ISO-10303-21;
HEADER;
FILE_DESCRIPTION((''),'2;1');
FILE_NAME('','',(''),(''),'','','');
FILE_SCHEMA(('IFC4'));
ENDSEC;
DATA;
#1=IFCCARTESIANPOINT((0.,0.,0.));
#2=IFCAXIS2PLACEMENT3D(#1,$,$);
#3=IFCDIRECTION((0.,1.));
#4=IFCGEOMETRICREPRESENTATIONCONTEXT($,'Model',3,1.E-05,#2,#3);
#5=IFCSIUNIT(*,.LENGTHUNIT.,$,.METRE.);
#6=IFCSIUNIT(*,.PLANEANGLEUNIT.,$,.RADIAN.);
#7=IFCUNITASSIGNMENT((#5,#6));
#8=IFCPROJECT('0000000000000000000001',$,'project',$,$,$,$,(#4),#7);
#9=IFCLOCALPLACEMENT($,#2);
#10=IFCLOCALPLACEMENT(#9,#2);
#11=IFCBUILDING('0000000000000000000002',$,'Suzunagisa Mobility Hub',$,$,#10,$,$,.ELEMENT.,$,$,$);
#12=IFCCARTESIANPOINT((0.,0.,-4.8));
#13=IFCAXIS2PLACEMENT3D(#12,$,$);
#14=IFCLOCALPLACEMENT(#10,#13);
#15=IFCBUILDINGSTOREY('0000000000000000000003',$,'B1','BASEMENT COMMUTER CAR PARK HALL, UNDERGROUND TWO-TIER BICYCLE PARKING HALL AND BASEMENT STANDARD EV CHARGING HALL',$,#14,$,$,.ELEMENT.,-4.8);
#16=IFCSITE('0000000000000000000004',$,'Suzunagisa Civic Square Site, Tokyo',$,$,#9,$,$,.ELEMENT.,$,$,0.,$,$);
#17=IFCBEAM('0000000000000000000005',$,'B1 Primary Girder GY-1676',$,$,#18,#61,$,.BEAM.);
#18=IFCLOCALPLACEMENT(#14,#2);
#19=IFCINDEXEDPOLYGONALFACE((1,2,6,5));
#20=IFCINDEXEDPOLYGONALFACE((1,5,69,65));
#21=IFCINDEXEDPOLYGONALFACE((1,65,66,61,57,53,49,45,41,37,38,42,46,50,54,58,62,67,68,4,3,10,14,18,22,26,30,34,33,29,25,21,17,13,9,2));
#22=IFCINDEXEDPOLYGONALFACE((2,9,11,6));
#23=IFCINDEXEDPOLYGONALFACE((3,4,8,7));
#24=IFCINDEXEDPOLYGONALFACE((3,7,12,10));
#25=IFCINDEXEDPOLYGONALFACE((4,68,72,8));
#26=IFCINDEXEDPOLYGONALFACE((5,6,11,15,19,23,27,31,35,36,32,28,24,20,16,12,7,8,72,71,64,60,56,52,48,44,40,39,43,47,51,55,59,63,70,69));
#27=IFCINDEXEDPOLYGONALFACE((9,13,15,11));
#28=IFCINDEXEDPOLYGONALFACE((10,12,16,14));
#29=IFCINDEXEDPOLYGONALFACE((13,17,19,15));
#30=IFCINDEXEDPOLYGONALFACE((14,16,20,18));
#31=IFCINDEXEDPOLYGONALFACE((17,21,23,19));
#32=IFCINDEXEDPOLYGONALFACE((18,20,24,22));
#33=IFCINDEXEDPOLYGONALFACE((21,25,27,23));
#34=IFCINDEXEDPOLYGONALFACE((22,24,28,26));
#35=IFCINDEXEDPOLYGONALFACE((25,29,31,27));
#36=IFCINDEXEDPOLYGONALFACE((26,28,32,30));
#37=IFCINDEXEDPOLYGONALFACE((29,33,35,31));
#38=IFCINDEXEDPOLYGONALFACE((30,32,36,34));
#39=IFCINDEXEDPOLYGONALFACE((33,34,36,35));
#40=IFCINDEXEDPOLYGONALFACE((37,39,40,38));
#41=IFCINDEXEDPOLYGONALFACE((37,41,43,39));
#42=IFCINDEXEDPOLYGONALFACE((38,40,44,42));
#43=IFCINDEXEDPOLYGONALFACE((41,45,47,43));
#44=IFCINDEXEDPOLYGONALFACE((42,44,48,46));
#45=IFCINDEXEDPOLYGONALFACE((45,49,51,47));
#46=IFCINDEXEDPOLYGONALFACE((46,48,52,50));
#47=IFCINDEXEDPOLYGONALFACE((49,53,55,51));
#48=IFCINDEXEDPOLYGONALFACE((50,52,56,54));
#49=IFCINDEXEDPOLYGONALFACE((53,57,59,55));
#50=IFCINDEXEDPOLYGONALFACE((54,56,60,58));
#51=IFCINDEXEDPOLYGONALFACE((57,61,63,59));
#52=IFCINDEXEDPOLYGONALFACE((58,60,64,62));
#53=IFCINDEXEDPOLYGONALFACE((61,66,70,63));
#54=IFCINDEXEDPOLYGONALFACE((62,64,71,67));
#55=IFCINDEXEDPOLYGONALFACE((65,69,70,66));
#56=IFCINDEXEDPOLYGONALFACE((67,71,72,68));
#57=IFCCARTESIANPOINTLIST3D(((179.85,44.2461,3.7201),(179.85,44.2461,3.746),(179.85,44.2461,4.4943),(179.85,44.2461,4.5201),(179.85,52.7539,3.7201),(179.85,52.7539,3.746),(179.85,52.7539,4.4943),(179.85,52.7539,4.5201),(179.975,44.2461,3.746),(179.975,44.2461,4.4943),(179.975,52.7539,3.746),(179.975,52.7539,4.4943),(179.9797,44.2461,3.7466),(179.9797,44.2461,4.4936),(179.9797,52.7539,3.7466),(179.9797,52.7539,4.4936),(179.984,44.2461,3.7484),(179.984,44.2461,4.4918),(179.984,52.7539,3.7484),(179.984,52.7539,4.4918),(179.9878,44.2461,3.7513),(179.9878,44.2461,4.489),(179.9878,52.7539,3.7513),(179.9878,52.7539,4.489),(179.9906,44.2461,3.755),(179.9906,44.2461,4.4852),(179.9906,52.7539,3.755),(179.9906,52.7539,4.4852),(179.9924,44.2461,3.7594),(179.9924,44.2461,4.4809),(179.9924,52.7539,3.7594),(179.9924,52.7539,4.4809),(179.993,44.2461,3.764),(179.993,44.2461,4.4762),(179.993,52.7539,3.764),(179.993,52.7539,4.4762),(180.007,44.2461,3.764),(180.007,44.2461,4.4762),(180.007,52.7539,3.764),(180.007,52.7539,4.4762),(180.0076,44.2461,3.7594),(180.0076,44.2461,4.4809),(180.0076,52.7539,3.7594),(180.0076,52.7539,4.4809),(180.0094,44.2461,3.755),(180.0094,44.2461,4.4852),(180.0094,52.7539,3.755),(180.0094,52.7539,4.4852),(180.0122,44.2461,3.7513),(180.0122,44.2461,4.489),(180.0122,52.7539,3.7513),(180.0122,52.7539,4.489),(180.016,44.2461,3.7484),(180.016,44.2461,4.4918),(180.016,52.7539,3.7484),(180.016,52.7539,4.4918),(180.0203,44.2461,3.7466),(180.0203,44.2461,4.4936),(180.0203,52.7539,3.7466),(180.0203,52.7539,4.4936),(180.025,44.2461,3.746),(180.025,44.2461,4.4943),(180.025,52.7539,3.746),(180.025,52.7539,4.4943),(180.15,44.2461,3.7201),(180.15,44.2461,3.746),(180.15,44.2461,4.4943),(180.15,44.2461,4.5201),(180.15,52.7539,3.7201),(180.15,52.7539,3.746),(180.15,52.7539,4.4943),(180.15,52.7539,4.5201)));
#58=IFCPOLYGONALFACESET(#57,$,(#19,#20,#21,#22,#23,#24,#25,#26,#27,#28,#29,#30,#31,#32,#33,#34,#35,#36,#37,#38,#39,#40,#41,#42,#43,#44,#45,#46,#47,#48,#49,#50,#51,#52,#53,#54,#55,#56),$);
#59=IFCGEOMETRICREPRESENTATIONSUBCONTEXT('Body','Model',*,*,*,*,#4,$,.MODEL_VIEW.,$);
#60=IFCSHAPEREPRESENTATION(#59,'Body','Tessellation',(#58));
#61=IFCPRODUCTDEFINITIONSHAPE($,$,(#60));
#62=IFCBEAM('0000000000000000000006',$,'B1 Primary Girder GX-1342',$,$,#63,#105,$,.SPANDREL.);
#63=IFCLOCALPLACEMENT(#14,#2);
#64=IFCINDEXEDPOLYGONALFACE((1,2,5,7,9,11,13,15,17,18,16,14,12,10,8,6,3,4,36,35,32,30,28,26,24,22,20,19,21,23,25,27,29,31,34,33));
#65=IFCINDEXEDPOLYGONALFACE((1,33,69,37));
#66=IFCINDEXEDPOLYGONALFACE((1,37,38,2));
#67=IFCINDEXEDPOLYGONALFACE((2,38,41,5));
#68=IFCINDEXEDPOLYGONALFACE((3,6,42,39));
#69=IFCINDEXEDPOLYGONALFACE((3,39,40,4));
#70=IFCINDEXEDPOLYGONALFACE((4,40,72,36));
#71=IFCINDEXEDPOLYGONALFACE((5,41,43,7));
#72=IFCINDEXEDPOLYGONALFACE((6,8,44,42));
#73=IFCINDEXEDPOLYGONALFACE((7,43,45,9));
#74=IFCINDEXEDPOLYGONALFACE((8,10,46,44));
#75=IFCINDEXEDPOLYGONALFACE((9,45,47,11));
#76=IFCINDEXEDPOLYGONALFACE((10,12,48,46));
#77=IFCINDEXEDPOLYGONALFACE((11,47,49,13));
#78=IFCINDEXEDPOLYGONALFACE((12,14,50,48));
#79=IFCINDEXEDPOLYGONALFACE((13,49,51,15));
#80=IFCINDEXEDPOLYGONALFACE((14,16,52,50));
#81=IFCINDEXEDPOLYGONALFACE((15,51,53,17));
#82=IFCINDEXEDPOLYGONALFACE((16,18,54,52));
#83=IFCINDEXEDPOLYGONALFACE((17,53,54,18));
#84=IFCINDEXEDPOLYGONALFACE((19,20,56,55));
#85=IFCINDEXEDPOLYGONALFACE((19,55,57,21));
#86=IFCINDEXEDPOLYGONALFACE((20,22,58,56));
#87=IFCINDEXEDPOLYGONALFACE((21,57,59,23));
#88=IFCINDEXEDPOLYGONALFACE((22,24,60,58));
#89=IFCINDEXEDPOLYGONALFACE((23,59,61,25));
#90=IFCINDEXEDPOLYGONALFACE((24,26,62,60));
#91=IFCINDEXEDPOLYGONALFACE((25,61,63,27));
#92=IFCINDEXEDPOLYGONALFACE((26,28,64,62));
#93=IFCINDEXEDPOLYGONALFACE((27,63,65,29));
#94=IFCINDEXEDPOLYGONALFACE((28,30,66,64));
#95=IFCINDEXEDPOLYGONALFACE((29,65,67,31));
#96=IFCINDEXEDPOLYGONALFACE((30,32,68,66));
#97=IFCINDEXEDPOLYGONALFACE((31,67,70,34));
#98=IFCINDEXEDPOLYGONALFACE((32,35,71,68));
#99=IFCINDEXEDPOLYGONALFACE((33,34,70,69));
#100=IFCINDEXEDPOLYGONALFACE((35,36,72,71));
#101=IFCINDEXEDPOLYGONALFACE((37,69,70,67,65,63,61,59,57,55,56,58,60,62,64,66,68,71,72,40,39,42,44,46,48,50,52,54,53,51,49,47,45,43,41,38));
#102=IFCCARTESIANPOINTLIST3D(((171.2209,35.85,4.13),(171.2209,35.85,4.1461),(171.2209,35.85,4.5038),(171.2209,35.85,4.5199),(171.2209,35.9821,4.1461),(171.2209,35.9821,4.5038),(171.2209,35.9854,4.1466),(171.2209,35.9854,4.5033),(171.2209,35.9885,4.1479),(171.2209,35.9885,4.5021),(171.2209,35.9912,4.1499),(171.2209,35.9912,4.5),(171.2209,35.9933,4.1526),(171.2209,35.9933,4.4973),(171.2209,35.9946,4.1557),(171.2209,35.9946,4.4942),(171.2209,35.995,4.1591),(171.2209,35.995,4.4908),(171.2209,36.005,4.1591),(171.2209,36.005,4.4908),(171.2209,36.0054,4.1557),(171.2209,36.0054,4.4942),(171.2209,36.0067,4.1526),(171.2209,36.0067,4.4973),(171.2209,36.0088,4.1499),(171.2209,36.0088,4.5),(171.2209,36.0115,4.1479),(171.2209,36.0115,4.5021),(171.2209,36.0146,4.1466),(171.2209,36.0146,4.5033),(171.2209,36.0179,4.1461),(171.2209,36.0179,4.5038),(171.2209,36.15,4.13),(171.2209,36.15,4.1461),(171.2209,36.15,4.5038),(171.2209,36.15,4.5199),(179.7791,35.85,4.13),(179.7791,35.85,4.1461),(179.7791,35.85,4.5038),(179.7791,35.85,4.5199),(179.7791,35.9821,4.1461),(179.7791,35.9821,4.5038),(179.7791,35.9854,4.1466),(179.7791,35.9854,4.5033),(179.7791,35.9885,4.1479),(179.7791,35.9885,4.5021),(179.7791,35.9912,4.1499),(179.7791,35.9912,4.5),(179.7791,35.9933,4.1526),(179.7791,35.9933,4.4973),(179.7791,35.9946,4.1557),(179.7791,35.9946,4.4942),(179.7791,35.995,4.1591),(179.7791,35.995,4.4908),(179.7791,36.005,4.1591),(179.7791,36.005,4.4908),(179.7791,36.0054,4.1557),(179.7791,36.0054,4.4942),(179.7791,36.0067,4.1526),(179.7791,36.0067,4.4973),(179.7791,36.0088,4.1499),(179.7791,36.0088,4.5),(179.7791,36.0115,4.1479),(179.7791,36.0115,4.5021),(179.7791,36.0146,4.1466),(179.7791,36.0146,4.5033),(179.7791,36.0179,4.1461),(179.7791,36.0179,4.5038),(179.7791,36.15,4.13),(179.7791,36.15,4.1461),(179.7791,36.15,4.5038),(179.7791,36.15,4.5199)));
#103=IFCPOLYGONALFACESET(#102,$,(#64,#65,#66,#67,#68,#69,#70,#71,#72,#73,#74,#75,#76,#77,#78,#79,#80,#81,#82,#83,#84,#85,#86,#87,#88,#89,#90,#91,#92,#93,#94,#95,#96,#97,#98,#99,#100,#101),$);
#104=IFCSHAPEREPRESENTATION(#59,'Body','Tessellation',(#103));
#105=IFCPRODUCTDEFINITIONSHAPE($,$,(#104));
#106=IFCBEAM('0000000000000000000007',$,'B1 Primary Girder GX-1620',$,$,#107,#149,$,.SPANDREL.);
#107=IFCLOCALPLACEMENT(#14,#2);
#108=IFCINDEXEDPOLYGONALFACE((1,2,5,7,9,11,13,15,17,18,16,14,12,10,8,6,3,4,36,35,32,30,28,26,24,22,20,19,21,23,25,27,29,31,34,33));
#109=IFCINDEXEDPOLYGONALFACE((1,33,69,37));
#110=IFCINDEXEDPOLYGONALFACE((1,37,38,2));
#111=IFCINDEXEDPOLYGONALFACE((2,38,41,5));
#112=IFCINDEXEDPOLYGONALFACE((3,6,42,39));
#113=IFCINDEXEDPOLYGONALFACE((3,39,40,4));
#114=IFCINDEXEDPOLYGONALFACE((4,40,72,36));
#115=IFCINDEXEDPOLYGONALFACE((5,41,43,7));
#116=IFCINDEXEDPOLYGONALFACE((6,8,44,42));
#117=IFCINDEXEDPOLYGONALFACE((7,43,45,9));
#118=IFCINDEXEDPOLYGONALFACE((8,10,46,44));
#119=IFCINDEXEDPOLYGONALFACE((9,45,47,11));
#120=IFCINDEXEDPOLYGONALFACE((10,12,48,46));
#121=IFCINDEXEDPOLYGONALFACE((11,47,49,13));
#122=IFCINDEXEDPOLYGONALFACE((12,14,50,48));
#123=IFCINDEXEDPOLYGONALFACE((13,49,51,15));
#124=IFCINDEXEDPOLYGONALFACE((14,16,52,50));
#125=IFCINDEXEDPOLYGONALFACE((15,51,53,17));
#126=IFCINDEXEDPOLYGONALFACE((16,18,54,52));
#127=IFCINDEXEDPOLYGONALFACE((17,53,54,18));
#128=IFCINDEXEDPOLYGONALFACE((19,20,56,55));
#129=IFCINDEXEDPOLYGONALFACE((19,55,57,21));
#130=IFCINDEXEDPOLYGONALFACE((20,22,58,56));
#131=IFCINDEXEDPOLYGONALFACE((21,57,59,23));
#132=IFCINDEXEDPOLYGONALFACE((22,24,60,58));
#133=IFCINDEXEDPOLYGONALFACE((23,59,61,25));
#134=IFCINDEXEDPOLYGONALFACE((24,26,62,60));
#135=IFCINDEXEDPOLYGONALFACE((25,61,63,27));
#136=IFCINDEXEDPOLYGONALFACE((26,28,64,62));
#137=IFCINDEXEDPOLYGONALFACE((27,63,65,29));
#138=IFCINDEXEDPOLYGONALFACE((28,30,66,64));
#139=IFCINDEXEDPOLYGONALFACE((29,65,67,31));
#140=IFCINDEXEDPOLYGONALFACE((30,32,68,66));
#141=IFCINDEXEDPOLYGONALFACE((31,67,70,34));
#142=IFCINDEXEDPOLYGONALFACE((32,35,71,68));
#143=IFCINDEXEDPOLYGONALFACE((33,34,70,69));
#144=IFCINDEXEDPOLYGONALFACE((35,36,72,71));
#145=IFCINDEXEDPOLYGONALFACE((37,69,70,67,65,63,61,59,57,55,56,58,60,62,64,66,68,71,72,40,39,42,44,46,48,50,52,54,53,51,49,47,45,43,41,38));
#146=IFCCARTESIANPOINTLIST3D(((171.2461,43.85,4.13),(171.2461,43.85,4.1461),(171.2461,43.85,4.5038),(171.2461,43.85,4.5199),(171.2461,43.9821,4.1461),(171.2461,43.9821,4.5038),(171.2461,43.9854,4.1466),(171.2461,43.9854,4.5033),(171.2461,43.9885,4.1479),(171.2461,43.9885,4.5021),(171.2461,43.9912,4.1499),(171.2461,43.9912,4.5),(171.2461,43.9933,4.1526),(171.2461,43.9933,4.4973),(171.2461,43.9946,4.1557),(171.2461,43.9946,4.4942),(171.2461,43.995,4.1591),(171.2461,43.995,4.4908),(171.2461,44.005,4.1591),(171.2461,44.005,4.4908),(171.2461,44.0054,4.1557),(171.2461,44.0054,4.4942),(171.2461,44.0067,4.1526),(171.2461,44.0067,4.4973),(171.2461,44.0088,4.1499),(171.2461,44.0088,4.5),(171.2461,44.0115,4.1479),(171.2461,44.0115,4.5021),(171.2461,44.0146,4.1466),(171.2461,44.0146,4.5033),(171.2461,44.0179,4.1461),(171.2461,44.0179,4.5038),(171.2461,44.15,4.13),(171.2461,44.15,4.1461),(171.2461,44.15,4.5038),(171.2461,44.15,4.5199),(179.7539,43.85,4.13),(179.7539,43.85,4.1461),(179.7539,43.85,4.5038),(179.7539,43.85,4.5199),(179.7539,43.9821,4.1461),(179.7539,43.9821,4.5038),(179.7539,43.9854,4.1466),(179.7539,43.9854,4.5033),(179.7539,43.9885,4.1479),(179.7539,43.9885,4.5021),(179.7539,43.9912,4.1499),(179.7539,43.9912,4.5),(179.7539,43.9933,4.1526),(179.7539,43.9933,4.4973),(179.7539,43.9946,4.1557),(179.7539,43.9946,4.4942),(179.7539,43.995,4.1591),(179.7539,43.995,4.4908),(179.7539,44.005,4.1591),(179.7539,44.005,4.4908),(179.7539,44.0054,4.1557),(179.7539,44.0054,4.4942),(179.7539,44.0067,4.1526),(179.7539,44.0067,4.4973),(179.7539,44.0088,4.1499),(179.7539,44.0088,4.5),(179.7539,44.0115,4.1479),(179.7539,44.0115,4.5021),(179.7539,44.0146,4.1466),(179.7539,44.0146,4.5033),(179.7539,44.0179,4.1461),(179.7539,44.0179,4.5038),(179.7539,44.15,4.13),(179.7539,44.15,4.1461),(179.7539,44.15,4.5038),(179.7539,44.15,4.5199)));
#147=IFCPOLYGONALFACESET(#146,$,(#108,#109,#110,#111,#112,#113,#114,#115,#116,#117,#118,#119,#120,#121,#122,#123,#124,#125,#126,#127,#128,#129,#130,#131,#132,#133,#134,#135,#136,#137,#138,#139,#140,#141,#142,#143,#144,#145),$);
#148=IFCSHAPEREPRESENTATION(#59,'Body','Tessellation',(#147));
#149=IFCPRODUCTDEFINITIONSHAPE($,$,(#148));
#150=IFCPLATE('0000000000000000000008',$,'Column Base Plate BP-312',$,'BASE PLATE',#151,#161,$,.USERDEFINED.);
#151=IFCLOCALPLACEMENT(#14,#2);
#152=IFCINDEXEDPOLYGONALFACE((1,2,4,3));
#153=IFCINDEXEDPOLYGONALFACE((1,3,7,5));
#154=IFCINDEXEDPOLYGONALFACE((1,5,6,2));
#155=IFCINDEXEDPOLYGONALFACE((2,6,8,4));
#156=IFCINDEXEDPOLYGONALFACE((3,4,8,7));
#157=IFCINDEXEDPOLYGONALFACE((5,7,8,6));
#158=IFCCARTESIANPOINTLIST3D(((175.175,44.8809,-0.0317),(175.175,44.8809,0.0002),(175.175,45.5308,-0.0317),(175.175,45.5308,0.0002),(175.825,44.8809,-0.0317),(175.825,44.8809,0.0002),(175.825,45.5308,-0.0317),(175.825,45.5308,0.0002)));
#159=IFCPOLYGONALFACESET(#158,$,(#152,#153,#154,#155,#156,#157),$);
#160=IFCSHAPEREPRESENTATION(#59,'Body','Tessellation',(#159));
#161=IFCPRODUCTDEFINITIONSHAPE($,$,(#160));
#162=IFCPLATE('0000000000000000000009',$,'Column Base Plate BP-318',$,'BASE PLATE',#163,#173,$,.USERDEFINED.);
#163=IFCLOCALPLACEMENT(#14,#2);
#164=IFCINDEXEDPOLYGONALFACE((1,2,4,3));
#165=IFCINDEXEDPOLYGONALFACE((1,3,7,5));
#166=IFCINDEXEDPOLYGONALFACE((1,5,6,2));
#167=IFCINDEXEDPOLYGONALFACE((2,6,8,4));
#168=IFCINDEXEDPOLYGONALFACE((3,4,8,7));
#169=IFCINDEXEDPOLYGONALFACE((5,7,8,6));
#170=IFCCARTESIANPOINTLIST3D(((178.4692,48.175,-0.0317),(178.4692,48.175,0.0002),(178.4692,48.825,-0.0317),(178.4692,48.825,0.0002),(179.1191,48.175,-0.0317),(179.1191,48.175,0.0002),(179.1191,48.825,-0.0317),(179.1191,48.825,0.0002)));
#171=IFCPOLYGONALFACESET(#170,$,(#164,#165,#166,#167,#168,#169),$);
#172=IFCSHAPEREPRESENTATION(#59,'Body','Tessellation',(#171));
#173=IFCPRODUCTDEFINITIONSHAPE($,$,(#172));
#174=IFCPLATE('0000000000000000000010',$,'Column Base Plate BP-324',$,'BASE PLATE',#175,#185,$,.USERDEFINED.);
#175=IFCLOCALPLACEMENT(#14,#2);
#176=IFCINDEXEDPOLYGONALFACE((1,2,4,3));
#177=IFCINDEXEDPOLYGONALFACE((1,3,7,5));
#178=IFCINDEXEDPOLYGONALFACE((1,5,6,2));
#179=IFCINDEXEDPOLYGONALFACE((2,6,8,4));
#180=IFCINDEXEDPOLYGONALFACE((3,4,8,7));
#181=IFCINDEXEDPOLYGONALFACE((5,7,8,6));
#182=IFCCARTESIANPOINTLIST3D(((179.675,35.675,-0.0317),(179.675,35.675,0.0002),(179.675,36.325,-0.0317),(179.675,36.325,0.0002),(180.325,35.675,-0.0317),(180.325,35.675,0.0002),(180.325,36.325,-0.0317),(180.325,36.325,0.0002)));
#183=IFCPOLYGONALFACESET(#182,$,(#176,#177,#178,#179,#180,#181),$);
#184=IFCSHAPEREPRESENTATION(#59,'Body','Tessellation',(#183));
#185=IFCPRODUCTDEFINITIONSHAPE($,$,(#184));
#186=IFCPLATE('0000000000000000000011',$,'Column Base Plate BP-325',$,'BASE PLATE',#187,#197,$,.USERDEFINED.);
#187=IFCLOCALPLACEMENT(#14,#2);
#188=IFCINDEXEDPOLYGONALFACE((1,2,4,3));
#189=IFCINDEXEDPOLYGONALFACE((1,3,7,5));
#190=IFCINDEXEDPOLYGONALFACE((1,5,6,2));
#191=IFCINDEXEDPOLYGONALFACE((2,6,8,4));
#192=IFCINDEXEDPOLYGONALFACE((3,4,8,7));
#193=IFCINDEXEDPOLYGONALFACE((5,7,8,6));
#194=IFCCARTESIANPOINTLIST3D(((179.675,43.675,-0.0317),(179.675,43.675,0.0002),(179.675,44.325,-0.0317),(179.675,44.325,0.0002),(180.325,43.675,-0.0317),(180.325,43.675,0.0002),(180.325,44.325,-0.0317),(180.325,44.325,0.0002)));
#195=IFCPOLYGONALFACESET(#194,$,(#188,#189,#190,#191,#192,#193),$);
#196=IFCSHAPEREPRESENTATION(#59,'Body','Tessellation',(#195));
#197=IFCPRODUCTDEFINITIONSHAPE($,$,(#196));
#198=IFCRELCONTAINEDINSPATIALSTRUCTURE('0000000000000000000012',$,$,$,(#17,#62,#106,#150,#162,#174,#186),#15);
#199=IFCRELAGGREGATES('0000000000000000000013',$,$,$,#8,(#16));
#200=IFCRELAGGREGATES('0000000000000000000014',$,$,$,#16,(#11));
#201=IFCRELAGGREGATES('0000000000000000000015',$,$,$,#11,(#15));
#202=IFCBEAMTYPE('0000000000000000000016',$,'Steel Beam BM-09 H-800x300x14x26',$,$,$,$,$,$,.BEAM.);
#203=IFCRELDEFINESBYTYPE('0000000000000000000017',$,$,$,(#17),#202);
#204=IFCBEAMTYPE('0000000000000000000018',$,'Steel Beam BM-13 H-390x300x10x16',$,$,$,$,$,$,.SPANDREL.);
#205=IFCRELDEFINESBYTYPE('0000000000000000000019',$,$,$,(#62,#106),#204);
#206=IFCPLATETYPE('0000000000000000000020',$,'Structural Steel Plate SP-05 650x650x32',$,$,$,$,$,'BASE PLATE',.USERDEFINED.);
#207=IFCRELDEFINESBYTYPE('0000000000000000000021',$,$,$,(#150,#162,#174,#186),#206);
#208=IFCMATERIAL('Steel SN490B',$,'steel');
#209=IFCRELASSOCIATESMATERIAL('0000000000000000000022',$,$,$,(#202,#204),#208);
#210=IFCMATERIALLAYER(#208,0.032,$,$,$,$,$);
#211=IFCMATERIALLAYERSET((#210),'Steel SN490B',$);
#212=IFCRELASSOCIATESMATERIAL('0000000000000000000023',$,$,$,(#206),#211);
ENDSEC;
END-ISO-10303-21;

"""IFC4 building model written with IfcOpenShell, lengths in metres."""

from ifc_helpers import new_model, si_unit, direction, frame, origin, origin_2d, place, context, subcontext, project, spatial, rectangle, i_section, extrude, material, layer, layer_set, material_profile, profile_set, type_object, element, save


model = new_model("IFC4")

# Units and contexts
model_context = context("Model", 3, precision=1e-05, world=origin(), true_north=direction((0.0, 1.0)))
body_context = subcontext(model_context, "Body", "Model", "MODEL_VIEW")
ifc_project = project(units=[si_unit("LENGTHUNIT", "METRE"), si_unit("PLANEANGLEUNIT", "RADIAN")], contexts=[model_context])

# Site, building, storey
site_placement = place(None, origin())
site = spatial("IfcSite", under=ifc_project, at=site_placement, Name="Suzunagisa Civic Square Site, Tokyo", CompositionType="ELEMENT", RefElevation=0.0)
building_placement = place(site_placement, origin())
building = spatial("IfcBuilding", under=site, at=building_placement, Name="Suzunagisa Mobility Hub", CompositionType="ELEMENT")
storey_placement = place(building_placement, frame((0.0, 0.0, -4.8)))
storey = spatial("IfcBuildingStorey", under=building, at=storey_placement, Name="B1", Description="BASEMENT COMMUTER CAR PARK HALL, UNDERGROUND TWO-TIER BICYCLE PARKING HALL AND BASEMENT STANDARD EV CHARGING HALL", CompositionType="ELEMENT", Elevation=-4.8)

# Shared definitions
ifc_material_1 = material(Name="Steel SN490B", Category="steel")

# Beams
ifc_material_profile_1 = material_profile(ifc_material_1, i_section(OverallWidth=0.3, OverallDepth=0.8, WebThickness=0.0139, FlangeThickness=0.0259, FilletRadius=0.0181, at=origin_2d()), Name="H-800x300x14x26")
ifc_profile_set_1 = profile_set([ifc_material_profile_1], Name="Steel SN490B")
beam_type_1 = type_object("IfcBeamType", Name="Steel Beam BM-09 H-800x300x14x26", PredefinedType="BEAM", material=ifc_profile_set_1)
beam_1_placement = place(storey_placement, frame((180.0, 44.2461, 4.1201), z_axis=(0.0, 1.0, 0.0), x_axis=(-1.0, 0.0, 0.0)))
element("IfcBeam", 1, at=beam_1_placement, inside=storey, type_object=beam_type_1, Name="B1 Primary Girder GY-1676", PredefinedType="BEAM", context=body_context, shape_type="SweptSolid", body=[
    extrude(i_section(OverallWidth=0.3, OverallDepth=0.8, WebThickness=0.0139, FlangeThickness=0.0259, FilletRadius=0.0181, at=origin_2d()), origin(), (0.0, 0.0, 1.0), 8.5078),
])
ifc_material_profile_2 = material_profile(ifc_material_1, i_section(OverallWidth=0.3, OverallDepth=0.3899, WebThickness=0.01, FlangeThickness=0.0161, FilletRadius=0.0129, at=origin_2d()), Name="H-390x300x10x16")
ifc_profile_set_2 = profile_set([ifc_material_profile_2], Name="Steel SN490B")
beam_type_2 = type_object("IfcBeamType", Name="Steel Beam BM-13 H-390x300x10x16", PredefinedType="SPANDREL", material=ifc_profile_set_2)
beam_2_placement = place(storey_placement, frame((171.2209, 36.0, 4.325), z_axis=(1.0, 0.0, 0.0), x_axis=(0.0, 1.0, 0.0)))
element("IfcBeam", 2, at=beam_2_placement, inside=storey, type_object=beam_type_2, Name="B1 Primary Girder GX-1342", PredefinedType="SPANDREL", context=body_context, shape_type="SweptSolid", body=[
    extrude(i_section(OverallWidth=0.3, OverallDepth=0.3899, WebThickness=0.01, FlangeThickness=0.0161, FilletRadius=0.0129, at=origin_2d()), origin(), (0.0, 0.0, 1.0), 8.5581),
])
beam_3_placement = place(storey_placement, frame((171.2461, 44.0, 4.325), z_axis=(1.0, 0.0, 0.0), x_axis=(0.0, 1.0, 0.0)))
element("IfcBeam", 3, at=beam_3_placement, inside=storey, type_object=beam_type_2, Name="B1 Primary Girder GX-1620", PredefinedType="SPANDREL", context=body_context, shape_type="SweptSolid", body=[
    extrude(i_section(OverallWidth=0.3, OverallDepth=0.3899, WebThickness=0.01, FlangeThickness=0.0161, FilletRadius=0.0129, at=origin_2d()), origin(), (0.0, 0.0, 1.0), 8.5078),
])

# Plates
ifc_layer_1 = layer(ifc_material_1, 0.032)
ifc_layer_set_1 = layer_set([ifc_layer_1], Name="Steel SN490B")
plate_type = type_object("IfcPlateType", Name="Structural Steel Plate SP-05 650x650x32", ElementType="BASE PLATE", PredefinedType="USERDEFINED", material=ifc_layer_set_1)
for number, where, z_axis, x_axis, name in (
    (4, (175.5, 45.2058, -0.0317), (0.0, 0.0, 1.0), (1.0, 0.0, 0.0), "Column Base Plate BP-312"),
    (5, (178.7942, 48.5, -0.0317), (0.0, 0.0, 1.0), (1.0, 0.0, 0.0), "Column Base Plate BP-318"),
    (6, (180.0, 36.0, -0.0317), (0.0, 0.0, 1.0), (1.0, 0.0, 0.0), "Column Base Plate BP-324"),
    (7, (180.0, 44.0, -0.0317), (0.0, 0.0, 1.0), (1.0, 0.0, 0.0), "Column Base Plate BP-325"),
):
    element("IfcPlate", number, at=place(storey_placement, frame(where, z_axis=z_axis, x_axis=x_axis)), inside=storey, type_object=plate_type, Name=name, ObjectType="BASE PLATE", PredefinedType="USERDEFINED", context=body_context, shape_type="SweptSolid", body=[
        extrude(rectangle(XDim=0.6499, YDim=0.6499, at=origin_2d()), origin(), (0.0, 0.0, 1.0), 0.032),
    ])

save(model, "model.ifc")
